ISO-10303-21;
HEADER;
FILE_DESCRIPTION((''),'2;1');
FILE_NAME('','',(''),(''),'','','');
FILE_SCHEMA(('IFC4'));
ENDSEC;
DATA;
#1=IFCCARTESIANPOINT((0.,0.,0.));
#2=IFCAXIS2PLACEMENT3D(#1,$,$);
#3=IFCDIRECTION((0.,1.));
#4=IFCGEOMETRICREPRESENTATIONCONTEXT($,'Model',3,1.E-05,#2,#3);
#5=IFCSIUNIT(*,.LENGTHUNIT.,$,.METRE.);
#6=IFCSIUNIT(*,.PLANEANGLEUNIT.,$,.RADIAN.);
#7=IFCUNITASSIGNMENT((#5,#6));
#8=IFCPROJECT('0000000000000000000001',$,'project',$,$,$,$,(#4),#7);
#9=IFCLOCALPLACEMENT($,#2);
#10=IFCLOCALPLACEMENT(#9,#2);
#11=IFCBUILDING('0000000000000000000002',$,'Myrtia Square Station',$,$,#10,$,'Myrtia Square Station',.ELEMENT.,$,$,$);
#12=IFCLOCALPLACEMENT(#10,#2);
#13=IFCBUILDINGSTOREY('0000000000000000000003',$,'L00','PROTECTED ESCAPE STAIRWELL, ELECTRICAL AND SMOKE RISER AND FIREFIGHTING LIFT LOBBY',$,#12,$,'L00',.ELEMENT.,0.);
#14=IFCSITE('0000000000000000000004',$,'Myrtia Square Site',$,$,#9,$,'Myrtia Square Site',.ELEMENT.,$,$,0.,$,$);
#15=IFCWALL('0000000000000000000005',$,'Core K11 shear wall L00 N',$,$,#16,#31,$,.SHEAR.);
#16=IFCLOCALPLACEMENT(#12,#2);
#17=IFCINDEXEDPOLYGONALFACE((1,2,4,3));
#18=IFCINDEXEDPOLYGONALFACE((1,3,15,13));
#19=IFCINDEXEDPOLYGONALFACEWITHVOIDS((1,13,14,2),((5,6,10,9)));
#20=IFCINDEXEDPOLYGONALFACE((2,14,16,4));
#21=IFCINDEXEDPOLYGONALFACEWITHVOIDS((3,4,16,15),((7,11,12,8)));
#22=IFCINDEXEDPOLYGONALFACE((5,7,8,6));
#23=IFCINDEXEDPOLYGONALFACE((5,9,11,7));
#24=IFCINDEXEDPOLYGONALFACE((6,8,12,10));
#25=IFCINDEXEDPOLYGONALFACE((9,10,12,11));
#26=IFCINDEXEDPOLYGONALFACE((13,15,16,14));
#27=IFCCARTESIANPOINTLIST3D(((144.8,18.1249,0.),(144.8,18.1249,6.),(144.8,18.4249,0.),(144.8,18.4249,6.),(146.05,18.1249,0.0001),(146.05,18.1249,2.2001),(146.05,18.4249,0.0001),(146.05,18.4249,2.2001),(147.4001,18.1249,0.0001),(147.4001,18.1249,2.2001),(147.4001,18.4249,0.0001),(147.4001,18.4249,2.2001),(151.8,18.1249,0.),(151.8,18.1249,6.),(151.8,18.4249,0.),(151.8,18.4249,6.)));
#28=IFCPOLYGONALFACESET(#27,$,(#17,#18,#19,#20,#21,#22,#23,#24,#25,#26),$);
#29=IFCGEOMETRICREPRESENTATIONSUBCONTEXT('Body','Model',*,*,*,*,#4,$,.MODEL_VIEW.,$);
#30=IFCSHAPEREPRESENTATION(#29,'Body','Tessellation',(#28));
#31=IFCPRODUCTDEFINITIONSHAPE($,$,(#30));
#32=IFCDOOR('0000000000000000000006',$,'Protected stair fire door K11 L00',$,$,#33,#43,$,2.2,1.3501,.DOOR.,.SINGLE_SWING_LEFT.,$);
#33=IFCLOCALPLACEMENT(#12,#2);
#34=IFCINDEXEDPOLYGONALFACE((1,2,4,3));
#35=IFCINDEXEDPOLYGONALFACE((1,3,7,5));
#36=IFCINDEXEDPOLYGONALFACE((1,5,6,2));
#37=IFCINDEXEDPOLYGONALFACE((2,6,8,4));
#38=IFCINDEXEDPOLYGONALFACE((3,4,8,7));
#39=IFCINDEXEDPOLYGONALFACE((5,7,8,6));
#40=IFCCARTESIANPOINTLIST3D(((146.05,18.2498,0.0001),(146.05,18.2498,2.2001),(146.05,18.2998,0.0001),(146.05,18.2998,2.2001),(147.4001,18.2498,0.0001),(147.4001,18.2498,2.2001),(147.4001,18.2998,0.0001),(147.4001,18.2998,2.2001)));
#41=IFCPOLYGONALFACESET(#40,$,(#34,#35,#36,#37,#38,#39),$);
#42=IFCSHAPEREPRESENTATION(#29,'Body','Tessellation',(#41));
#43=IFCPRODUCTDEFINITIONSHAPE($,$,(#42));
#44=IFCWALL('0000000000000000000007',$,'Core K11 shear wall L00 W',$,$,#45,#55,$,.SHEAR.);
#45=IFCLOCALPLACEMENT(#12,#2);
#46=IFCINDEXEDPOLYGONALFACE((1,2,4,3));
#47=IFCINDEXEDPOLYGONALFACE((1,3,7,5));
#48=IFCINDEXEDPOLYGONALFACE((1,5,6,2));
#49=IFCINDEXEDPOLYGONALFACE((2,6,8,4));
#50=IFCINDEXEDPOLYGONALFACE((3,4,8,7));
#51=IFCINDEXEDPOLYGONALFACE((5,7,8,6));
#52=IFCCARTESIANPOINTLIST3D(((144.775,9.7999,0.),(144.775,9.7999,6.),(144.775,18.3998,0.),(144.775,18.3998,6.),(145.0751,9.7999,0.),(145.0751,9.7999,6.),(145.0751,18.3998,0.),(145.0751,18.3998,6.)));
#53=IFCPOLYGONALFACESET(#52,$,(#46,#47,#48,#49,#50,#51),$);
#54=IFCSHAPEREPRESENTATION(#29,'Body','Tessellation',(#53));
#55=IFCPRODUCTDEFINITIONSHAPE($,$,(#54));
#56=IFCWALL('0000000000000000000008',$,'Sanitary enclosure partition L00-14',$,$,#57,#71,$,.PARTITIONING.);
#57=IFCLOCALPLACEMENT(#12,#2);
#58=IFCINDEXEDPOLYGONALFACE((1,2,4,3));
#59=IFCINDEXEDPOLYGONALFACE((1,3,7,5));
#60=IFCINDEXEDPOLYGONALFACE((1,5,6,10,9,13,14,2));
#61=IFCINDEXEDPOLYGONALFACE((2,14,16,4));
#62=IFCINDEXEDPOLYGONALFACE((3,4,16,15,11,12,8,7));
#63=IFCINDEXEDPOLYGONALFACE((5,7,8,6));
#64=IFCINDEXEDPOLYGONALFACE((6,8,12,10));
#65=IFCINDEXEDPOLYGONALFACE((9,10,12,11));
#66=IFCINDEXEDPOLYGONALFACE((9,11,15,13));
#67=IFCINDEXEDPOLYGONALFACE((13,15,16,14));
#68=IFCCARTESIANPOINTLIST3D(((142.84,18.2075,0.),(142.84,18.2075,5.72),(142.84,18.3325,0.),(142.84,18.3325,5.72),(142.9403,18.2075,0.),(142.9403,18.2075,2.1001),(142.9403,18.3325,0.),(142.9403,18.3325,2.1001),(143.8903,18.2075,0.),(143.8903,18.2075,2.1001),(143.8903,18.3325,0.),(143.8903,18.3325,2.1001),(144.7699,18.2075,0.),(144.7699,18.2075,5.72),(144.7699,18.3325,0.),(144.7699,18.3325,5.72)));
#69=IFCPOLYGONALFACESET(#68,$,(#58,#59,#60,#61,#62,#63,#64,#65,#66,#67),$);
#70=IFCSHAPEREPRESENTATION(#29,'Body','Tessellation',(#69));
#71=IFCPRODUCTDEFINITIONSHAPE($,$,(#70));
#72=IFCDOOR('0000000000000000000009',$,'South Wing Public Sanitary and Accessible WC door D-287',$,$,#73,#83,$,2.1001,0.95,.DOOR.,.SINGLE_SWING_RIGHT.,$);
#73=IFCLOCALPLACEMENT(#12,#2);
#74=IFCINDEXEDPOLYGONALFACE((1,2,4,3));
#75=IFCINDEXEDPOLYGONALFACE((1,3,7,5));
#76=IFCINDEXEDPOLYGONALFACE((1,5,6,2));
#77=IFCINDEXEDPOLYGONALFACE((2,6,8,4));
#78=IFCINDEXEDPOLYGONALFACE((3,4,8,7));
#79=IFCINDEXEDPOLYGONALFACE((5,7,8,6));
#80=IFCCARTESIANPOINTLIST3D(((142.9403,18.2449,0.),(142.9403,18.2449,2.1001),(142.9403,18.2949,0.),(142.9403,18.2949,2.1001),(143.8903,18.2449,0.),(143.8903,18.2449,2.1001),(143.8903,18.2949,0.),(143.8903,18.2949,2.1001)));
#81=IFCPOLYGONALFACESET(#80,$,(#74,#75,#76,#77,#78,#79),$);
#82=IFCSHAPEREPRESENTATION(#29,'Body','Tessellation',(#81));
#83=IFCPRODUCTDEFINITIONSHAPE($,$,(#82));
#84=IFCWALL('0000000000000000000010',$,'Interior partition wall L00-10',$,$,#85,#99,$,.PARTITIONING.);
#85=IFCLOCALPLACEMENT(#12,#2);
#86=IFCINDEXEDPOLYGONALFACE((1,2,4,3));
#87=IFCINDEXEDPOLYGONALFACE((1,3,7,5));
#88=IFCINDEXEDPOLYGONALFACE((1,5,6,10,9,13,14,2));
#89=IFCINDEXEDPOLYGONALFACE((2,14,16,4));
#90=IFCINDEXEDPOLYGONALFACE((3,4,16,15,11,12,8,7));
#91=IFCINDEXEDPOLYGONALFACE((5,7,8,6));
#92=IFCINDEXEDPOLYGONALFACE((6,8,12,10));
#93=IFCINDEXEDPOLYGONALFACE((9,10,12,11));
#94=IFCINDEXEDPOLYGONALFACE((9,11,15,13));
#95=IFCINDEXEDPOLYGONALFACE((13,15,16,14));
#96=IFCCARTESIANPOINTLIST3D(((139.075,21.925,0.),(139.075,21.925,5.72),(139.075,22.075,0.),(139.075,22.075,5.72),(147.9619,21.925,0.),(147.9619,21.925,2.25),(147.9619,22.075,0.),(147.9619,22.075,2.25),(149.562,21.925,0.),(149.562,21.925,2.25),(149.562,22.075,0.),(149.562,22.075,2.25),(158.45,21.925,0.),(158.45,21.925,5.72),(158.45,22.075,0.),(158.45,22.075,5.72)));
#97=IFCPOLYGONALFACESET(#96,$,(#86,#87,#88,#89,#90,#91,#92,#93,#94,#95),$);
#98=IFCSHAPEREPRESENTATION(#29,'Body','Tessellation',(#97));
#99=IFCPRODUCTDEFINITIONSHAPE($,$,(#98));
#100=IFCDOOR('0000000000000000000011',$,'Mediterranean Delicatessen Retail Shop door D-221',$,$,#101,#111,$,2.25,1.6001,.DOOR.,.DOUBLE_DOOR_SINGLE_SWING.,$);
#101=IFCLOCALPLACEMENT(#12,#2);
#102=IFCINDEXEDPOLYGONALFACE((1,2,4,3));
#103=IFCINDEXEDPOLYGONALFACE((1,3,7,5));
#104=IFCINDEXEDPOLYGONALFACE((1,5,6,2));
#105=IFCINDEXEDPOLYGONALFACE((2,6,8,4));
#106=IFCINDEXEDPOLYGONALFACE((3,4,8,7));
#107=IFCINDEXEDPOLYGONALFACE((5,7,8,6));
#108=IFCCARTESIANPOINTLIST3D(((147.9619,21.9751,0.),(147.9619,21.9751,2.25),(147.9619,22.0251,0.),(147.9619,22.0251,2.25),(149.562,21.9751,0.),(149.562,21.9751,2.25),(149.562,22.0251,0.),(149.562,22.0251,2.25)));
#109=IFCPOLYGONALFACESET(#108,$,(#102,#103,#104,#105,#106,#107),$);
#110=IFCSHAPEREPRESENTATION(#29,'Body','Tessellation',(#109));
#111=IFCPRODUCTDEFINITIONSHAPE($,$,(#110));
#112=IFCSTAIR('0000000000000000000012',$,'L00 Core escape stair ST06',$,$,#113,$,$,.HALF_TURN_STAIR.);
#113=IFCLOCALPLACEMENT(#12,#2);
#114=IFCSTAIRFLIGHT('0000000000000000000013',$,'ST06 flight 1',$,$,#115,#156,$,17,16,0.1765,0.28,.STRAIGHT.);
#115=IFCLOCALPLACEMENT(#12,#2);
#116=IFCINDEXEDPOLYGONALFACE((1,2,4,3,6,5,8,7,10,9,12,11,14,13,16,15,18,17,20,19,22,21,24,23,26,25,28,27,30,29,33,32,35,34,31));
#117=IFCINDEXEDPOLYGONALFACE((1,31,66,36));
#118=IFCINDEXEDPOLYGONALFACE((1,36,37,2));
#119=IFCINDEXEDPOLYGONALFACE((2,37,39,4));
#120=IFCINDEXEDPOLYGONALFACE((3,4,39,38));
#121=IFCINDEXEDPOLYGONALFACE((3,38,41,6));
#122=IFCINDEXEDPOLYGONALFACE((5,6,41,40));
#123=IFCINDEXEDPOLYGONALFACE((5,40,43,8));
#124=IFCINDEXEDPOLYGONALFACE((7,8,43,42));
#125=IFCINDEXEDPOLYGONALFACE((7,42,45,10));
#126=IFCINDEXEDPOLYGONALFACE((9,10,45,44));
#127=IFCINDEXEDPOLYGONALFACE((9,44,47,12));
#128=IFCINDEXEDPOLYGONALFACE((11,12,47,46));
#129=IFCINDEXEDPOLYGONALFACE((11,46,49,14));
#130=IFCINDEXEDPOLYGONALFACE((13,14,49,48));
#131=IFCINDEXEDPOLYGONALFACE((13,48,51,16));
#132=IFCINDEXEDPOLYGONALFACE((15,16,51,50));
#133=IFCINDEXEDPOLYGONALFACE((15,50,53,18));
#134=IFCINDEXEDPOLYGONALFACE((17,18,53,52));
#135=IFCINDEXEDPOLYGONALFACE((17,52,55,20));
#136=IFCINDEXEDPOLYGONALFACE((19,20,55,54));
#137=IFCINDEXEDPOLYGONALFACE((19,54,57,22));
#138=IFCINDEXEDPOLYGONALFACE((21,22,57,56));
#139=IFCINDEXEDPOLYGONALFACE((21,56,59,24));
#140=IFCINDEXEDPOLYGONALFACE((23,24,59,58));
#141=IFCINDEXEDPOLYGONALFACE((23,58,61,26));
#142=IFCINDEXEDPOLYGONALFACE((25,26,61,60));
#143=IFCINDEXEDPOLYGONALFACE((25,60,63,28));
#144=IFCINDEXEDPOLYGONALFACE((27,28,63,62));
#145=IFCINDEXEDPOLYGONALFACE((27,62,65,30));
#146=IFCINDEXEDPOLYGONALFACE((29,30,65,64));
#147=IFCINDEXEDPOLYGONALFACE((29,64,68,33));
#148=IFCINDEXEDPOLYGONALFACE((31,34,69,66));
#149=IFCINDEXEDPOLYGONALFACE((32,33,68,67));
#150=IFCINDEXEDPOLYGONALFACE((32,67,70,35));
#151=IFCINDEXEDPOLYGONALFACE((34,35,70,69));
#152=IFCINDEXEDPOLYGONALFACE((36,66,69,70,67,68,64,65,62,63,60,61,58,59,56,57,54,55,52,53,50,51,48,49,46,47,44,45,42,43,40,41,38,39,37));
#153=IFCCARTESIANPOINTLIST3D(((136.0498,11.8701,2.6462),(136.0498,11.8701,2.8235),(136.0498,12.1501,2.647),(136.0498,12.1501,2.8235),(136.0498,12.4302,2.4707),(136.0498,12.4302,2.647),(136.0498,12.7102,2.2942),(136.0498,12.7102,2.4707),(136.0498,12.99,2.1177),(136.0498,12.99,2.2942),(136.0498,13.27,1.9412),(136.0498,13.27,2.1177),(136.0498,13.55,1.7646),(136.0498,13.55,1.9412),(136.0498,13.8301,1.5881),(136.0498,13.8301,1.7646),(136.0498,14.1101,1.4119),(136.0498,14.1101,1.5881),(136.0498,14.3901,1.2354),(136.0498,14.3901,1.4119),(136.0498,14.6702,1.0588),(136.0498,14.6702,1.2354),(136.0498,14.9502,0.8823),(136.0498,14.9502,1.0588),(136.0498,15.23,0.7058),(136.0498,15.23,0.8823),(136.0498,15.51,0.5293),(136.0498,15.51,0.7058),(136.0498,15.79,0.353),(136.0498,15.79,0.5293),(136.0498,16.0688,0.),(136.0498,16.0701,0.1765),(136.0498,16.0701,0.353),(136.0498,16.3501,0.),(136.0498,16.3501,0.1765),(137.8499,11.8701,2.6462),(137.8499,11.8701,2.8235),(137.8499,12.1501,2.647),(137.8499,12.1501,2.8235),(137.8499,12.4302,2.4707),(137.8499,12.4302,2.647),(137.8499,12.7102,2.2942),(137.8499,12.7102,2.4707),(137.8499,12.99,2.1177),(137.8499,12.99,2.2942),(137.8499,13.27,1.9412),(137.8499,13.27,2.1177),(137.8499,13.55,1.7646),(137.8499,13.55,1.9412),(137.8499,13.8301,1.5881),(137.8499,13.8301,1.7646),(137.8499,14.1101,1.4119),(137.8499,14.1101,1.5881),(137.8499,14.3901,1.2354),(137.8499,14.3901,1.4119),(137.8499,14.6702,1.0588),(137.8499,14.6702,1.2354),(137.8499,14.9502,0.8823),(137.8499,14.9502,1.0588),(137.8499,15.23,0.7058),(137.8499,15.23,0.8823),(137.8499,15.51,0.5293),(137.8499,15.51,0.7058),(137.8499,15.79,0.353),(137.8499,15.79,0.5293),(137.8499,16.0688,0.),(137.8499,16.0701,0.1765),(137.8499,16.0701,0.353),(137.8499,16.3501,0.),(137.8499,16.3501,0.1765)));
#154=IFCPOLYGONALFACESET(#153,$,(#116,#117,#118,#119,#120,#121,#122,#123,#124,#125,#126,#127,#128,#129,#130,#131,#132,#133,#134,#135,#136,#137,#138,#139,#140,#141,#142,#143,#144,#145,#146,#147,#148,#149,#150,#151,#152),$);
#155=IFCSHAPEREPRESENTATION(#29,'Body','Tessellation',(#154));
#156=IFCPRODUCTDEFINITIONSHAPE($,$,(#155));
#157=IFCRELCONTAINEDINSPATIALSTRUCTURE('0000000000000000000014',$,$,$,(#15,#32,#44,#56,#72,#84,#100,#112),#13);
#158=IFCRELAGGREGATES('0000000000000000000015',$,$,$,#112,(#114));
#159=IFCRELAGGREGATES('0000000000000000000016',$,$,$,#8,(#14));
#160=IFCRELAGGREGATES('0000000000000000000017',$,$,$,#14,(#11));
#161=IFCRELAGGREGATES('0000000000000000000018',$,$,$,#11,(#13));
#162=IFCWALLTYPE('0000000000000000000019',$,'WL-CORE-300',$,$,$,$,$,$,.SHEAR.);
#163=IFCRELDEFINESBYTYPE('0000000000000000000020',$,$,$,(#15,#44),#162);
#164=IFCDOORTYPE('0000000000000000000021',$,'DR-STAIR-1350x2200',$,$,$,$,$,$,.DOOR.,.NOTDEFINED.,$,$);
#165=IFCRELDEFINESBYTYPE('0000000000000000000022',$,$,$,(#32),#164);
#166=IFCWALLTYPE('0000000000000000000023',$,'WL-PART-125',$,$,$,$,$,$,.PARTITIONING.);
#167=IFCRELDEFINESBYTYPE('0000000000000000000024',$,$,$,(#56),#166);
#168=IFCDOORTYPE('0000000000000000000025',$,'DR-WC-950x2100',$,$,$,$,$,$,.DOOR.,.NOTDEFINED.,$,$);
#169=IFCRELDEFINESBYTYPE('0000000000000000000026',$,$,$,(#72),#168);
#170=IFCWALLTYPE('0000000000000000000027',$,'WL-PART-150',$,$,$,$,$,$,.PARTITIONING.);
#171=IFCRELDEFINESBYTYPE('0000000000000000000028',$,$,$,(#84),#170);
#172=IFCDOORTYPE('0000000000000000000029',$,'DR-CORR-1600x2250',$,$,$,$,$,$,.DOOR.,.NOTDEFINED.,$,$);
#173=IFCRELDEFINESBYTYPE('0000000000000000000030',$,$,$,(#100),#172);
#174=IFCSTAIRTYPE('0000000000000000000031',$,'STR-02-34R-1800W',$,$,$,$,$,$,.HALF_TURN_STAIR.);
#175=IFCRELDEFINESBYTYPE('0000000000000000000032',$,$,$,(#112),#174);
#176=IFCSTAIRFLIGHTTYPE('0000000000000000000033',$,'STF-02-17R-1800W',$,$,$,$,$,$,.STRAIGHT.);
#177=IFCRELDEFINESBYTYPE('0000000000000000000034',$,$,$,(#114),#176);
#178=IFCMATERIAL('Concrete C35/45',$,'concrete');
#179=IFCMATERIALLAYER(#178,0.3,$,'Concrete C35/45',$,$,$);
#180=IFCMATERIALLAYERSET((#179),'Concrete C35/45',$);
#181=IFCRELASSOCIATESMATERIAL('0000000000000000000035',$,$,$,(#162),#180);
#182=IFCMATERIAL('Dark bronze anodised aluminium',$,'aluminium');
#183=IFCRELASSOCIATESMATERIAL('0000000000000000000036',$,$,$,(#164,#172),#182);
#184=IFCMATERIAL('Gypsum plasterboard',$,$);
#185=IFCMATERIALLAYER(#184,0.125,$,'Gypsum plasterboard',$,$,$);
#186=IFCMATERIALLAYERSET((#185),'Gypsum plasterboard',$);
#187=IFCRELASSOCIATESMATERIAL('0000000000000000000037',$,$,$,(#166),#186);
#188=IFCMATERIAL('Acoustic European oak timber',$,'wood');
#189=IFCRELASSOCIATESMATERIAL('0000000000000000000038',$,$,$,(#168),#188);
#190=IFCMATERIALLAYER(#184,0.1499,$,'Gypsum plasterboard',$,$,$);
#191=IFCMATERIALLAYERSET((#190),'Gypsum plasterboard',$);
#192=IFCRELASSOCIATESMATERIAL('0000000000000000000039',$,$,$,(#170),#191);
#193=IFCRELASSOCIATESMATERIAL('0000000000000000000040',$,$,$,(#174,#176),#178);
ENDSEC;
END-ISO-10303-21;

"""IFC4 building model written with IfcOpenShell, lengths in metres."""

from ifc_helpers import new_model, si_unit, direction, frame, frame_2d, origin, place, context, subcontext, project, spatial, polyline, rectangle, outline, extrude, material, layer, layer_set, type_object, element, fill, aggregate, save


model = new_model("IFC4")

# Units and contexts
model_context = context("Model", 3, precision=1e-05, world=origin(), true_north=direction((0.0, 1.0)))
body_context = subcontext(model_context, "Body", "Model", "MODEL_VIEW")
ifc_project = project(units=[si_unit("LENGTHUNIT", "METRE"), si_unit("PLANEANGLEUNIT", "RADIAN")], contexts=[model_context])

# Site, building, storey
site_placement = place(None, origin())
site = spatial("IfcSite", under=ifc_project, at=site_placement, Name="Myrtia Square Site", LongName="Myrtia Square Site", CompositionType="ELEMENT", RefElevation=0.0)
building_placement = place(site_placement, origin())
building = spatial("IfcBuilding", under=site, at=building_placement, Name="Myrtia Square Station", LongName="Myrtia Square Station", CompositionType="ELEMENT")
storey_placement = place(building_placement, origin())
storey = spatial("IfcBuildingStorey", under=building, at=storey_placement, Name="L00", Description="PROTECTED ESCAPE STAIRWELL, ELECTRICAL AND SMOKE RISER AND FIREFIGHTING LIFT LOBBY", LongName="L00", CompositionType="ELEMENT", Elevation=0.0)

# Shared definitions
ifc_material_1 = material(Name="Concrete C35/45", Category="concrete")
ifc_layer_1 = layer(ifc_material_1, 0.3, Name="Concrete C35/45")
ifc_layer_set_1 = layer_set([ifc_layer_1], Name="Concrete C35/45")
wall_type_1 = type_object("IfcWallType", Name="WL-CORE-300", PredefinedType="SHEAR", material=ifc_layer_set_1)

# Wall, opening, door
wall_1_placement = place(storey_placement, frame((144.8, 18.2749, 0.0), z_axis=(0.0, 0.0, 1.0), x_axis=(1.0, 0.0, 0.0)))
wall_1 = element("IfcWall", 1, at=wall_1_placement, inside=storey, type_object=wall_type_1, Name="Core K11 shear wall L00 N", PredefinedType="SHEAR", context=body_context, shape_type="SweptSolid", body=[
    extrude(rectangle(XDim=7.0, YDim=0.3, at=frame_2d((3.5, 0.0))), origin(), (0.0, 0.0, 1.0), 6.0),
])
opening_1_placement = place(wall_1_placement, frame((1.25, 0.0, 0.0)))
opening_1 = element("IfcOpeningElement", 2, at=opening_1_placement, cuts=wall_1, PredefinedType="OPENING", context=body_context, shape_type="SweptSolid", body=[
    extrude(rectangle(XDim=1.3501, YDim=2.2, at=frame_2d((0.675, 1.1001))), frame((0.0, 0.165, 0.0), z_axis=(0.0, -1.0, 0.0), x_axis=(1.0, 0.0, 0.0)), (0.0, 0.0, 1.0), 0.3301),
])
ifc_material_2 = material(Name="Dark bronze anodised aluminium", Category="aluminium")
door_type_1 = type_object("IfcDoorType", Name="DR-STAIR-1350x2200", OperationType="NOTDEFINED", PredefinedType="DOOR", material=ifc_material_2)
door_1_placement = place(opening_1_placement, origin())
door_1 = element("IfcDoor", 3, at=door_1_placement, inside=storey, type_object=door_type_1, Name="Protected stair fire door K11 L00", OperationType="SINGLE_SWING_LEFT", OverallHeight=2.2, OverallWidth=1.3501, PredefinedType="DOOR", context=body_context, shape_type="SweptSolid", body=[
    extrude(rectangle(XDim=1.3501, YDim=2.2, at=frame_2d((0.675, 1.1001))), frame((0.0, 0.0249, 0.0), z_axis=(0.0, -1.0, 0.0), x_axis=(1.0, 0.0, 0.0)), (0.0, 0.0, 1.0), 0.05),
])
fill(opening_1, door_1)

# Wall
wall_2_placement = place(storey_placement, frame((144.925, 9.8, 0.0), z_axis=(0.0, 0.0, 1.0), x_axis=(0.0, 1.0, 0.0)))
element("IfcWall", 4, at=wall_2_placement, inside=storey, type_object=wall_type_1, Name="Core K11 shear wall L00 W", PredefinedType="SHEAR", context=body_context, shape_type="SweptSolid", body=[
    extrude(rectangle(XDim=8.5999, YDim=0.3, at=frame_2d((4.2998, 0.0))), origin(), (0.0, 0.0, 1.0), 6.0),
])

# Walls, openings, doors
ifc_material_3 = material(Name="Gypsum plasterboard")
ifc_layer_2 = layer(ifc_material_3, 0.125, Name="Gypsum plasterboard")
ifc_layer_set_2 = layer_set([ifc_layer_2], Name="Gypsum plasterboard")
wall_type_2 = type_object("IfcWallType", Name="WL-PART-125", PredefinedType="PARTITIONING", material=ifc_layer_set_2)
wall_3_placement = place(storey_placement, frame((142.8401, 18.27, 0.0), z_axis=(0.0, 0.0, 1.0), x_axis=(1.0, 0.0, 0.0)))
wall_3 = element("IfcWall", 5, at=wall_3_placement, inside=storey, type_object=wall_type_2, Name="Sanitary enclosure partition L00-14", PredefinedType="PARTITIONING", context=body_context, shape_type="SweptSolid", body=[
    extrude(rectangle(XDim=1.9299, YDim=0.125, at=frame_2d((0.9648, 0.0))), origin(), (0.0, 0.0, 1.0), 5.72),
])
opening_2_placement = place(wall_3_placement, frame((0.1001, 0.0, 0.0)))
opening_2 = element("IfcOpeningElement", 6, at=opening_2_placement, cuts=wall_3, PredefinedType="OPENING", context=body_context, shape_type="SweptSolid", body=[
    extrude(rectangle(XDim=0.95, YDim=2.1001, at=frame_2d((0.4751, 1.05))), frame((0.0, 0.0774, 0.0), z_axis=(0.0, -1.0, 0.0), x_axis=(1.0, 0.0, 0.0)), (0.0, 0.0, 1.0), 0.155),
])
ifc_material_4 = material(Name="Acoustic European oak timber", Category="wood")
door_type_2 = type_object("IfcDoorType", Name="DR-WC-950x2100", OperationType="NOTDEFINED", PredefinedType="DOOR", material=ifc_material_4)
door_2_placement = place(opening_2_placement, origin())
door_2 = element("IfcDoor", 7, at=door_2_placement, inside=storey, type_object=door_type_2, Name="South Wing Public Sanitary and Accessible WC door D-287", OperationType="SINGLE_SWING_RIGHT", OverallHeight=2.1001, OverallWidth=0.95, PredefinedType="DOOR", context=body_context, shape_type="SweptSolid", body=[
    extrude(rectangle(XDim=0.95, YDim=2.1001, at=frame_2d((0.4751, 1.05))), frame((0.0, 0.0249, 0.0), z_axis=(0.0, -1.0, 0.0), x_axis=(1.0, 0.0, 0.0)), (0.0, 0.0, 1.0), 0.05),
])
fill(opening_2, door_2)
ifc_layer_3 = layer(ifc_material_3, 0.1499, Name="Gypsum plasterboard")
ifc_layer_set_3 = layer_set([ifc_layer_3], Name="Gypsum plasterboard")
wall_type_3 = type_object("IfcWallType", Name="WL-PART-150", PredefinedType="PARTITIONING", material=ifc_layer_set_3)
wall_4_placement = place(storey_placement, frame((139.075, 22.0, 0.0), z_axis=(0.0, 0.0, 1.0), x_axis=(1.0, 0.0, 0.0)))
wall_4 = element("IfcWall", 8, at=wall_4_placement, inside=storey, type_object=wall_type_3, Name="Interior partition wall L00-10", PredefinedType="PARTITIONING", context=body_context, shape_type="SweptSolid", body=[
    extrude(rectangle(XDim=19.375, YDim=0.1499, at=frame_2d((9.6875, 0.0))), origin(), (0.0, 0.0, 1.0), 5.72),
])
opening_3_placement = place(wall_4_placement, frame((8.887, 0.0, 0.0)))
opening_3 = element("IfcOpeningElement", 9, at=opening_3_placement, cuts=wall_4, PredefinedType="OPENING", context=body_context, shape_type="SweptSolid", body=[
    extrude(rectangle(XDim=1.6001, YDim=2.25, at=frame_2d((0.8, 1.125))), frame((0.0, 0.0898, 0.0), z_axis=(0.0, -1.0, 0.0), x_axis=(1.0, 0.0, 0.0)), (0.0, 0.0, 1.0), 0.1799),
])
door_type_3 = type_object("IfcDoorType", Name="DR-CORR-1600x2250", OperationType="NOTDEFINED", PredefinedType="DOOR", material=ifc_material_2)
door_3_placement = place(opening_3_placement, frame((1.6001, 0.0, 0.0), z_axis=(0.0, 0.0, 1.0), x_axis=(-1.0, 0.0, 0.0)))
door_3 = element("IfcDoor", 10, at=door_3_placement, inside=storey, type_object=door_type_3, Name="Mediterranean Delicatessen Retail Shop door D-221", OperationType="DOUBLE_DOOR_SINGLE_SWING", OverallHeight=2.25, OverallWidth=1.6001, PredefinedType="DOOR", context=body_context, shape_type="SweptSolid", body=[
    extrude(rectangle(XDim=1.6001, YDim=2.25, at=frame_2d((0.8, 1.125))), frame((0.0, 0.0249, 0.0), z_axis=(0.0, -1.0, 0.0), x_axis=(1.0, 0.0, 0.0)), (0.0, 0.0, 1.0), 0.05),
])
fill(opening_3, door_3)

# Stair, stair flight
stair_type = type_object("IfcStairType", Name="STR-02-34R-1800W", PredefinedType="HALF_TURN_STAIR", material=ifc_material_1)
stair_placement = place(storey_placement, origin())
stair = element("IfcStair", 11, at=stair_placement, inside=storey, type_object=stair_type, Name="L00 Core escape stair ST06", PredefinedType="HALF_TURN_STAIR")
stair_flight_type = type_object("IfcStairFlightType", Name="STF-02-17R-1800W", PredefinedType="STRAIGHT", material=ifc_material_1)
stair_flight_1_placement = place(storey_placement, frame((136.95, 16.3501, 0.0), z_axis=(0.0, 0.0, 1.0), x_axis=(0.0, -1.0, 0.0)))
stair_flight_1 = element("IfcStairFlight", 12, at=stair_flight_1_placement, type_object=stair_flight_type, Name="ST06 flight 1", NumberOfRisers=17, NumberOfTreads=16, PredefinedType="STRAIGHT", RiserHeight=0.1765, TreadLength=0.28, context=body_context, shape_type="SweptSolid", body=[
    extrude(outline(polyline([(0.0, 0.0), (0.0, 0.1765), (0.28, 0.1765), (0.28, 0.353), (0.5601, 0.353), (0.5601, 0.5293), (0.8401, 0.5293), (0.8401, 0.7058), (1.1201, 0.7058), (1.1201, 0.8823), (1.3999, 0.8823), (1.3999, 1.0588), (1.6799, 1.0588), (1.6799, 1.2354), (1.96, 1.2354), (1.96, 1.4119), (2.24, 1.4119), (2.24, 1.5881), (2.52, 1.5881), (2.52, 1.7646), (2.8, 1.7646), (2.8, 1.9412), (3.0801, 1.9412), (3.0801, 2.1177), (3.3601, 2.1177), (3.3601, 2.2942), (3.6399, 2.2942), (3.6399, 2.4707), (3.9199, 2.4707), (3.9199, 2.647), (4.2, 2.647), (4.2, 2.8235), (4.48, 2.8235), (4.48, 3.0), (4.48, 2.6462), (0.2812, 0.0), (0.0, 0.0)])), frame((0.0, 0.8999, 0.0), z_axis=(0.0, -1.0, 0.0), x_axis=(1.0, 0.0, 0.0)), (0.0, 0.0, 1.0), 1.8),
])
aggregate(stair, [stair_flight_1])

save(model, "model.ifc")
